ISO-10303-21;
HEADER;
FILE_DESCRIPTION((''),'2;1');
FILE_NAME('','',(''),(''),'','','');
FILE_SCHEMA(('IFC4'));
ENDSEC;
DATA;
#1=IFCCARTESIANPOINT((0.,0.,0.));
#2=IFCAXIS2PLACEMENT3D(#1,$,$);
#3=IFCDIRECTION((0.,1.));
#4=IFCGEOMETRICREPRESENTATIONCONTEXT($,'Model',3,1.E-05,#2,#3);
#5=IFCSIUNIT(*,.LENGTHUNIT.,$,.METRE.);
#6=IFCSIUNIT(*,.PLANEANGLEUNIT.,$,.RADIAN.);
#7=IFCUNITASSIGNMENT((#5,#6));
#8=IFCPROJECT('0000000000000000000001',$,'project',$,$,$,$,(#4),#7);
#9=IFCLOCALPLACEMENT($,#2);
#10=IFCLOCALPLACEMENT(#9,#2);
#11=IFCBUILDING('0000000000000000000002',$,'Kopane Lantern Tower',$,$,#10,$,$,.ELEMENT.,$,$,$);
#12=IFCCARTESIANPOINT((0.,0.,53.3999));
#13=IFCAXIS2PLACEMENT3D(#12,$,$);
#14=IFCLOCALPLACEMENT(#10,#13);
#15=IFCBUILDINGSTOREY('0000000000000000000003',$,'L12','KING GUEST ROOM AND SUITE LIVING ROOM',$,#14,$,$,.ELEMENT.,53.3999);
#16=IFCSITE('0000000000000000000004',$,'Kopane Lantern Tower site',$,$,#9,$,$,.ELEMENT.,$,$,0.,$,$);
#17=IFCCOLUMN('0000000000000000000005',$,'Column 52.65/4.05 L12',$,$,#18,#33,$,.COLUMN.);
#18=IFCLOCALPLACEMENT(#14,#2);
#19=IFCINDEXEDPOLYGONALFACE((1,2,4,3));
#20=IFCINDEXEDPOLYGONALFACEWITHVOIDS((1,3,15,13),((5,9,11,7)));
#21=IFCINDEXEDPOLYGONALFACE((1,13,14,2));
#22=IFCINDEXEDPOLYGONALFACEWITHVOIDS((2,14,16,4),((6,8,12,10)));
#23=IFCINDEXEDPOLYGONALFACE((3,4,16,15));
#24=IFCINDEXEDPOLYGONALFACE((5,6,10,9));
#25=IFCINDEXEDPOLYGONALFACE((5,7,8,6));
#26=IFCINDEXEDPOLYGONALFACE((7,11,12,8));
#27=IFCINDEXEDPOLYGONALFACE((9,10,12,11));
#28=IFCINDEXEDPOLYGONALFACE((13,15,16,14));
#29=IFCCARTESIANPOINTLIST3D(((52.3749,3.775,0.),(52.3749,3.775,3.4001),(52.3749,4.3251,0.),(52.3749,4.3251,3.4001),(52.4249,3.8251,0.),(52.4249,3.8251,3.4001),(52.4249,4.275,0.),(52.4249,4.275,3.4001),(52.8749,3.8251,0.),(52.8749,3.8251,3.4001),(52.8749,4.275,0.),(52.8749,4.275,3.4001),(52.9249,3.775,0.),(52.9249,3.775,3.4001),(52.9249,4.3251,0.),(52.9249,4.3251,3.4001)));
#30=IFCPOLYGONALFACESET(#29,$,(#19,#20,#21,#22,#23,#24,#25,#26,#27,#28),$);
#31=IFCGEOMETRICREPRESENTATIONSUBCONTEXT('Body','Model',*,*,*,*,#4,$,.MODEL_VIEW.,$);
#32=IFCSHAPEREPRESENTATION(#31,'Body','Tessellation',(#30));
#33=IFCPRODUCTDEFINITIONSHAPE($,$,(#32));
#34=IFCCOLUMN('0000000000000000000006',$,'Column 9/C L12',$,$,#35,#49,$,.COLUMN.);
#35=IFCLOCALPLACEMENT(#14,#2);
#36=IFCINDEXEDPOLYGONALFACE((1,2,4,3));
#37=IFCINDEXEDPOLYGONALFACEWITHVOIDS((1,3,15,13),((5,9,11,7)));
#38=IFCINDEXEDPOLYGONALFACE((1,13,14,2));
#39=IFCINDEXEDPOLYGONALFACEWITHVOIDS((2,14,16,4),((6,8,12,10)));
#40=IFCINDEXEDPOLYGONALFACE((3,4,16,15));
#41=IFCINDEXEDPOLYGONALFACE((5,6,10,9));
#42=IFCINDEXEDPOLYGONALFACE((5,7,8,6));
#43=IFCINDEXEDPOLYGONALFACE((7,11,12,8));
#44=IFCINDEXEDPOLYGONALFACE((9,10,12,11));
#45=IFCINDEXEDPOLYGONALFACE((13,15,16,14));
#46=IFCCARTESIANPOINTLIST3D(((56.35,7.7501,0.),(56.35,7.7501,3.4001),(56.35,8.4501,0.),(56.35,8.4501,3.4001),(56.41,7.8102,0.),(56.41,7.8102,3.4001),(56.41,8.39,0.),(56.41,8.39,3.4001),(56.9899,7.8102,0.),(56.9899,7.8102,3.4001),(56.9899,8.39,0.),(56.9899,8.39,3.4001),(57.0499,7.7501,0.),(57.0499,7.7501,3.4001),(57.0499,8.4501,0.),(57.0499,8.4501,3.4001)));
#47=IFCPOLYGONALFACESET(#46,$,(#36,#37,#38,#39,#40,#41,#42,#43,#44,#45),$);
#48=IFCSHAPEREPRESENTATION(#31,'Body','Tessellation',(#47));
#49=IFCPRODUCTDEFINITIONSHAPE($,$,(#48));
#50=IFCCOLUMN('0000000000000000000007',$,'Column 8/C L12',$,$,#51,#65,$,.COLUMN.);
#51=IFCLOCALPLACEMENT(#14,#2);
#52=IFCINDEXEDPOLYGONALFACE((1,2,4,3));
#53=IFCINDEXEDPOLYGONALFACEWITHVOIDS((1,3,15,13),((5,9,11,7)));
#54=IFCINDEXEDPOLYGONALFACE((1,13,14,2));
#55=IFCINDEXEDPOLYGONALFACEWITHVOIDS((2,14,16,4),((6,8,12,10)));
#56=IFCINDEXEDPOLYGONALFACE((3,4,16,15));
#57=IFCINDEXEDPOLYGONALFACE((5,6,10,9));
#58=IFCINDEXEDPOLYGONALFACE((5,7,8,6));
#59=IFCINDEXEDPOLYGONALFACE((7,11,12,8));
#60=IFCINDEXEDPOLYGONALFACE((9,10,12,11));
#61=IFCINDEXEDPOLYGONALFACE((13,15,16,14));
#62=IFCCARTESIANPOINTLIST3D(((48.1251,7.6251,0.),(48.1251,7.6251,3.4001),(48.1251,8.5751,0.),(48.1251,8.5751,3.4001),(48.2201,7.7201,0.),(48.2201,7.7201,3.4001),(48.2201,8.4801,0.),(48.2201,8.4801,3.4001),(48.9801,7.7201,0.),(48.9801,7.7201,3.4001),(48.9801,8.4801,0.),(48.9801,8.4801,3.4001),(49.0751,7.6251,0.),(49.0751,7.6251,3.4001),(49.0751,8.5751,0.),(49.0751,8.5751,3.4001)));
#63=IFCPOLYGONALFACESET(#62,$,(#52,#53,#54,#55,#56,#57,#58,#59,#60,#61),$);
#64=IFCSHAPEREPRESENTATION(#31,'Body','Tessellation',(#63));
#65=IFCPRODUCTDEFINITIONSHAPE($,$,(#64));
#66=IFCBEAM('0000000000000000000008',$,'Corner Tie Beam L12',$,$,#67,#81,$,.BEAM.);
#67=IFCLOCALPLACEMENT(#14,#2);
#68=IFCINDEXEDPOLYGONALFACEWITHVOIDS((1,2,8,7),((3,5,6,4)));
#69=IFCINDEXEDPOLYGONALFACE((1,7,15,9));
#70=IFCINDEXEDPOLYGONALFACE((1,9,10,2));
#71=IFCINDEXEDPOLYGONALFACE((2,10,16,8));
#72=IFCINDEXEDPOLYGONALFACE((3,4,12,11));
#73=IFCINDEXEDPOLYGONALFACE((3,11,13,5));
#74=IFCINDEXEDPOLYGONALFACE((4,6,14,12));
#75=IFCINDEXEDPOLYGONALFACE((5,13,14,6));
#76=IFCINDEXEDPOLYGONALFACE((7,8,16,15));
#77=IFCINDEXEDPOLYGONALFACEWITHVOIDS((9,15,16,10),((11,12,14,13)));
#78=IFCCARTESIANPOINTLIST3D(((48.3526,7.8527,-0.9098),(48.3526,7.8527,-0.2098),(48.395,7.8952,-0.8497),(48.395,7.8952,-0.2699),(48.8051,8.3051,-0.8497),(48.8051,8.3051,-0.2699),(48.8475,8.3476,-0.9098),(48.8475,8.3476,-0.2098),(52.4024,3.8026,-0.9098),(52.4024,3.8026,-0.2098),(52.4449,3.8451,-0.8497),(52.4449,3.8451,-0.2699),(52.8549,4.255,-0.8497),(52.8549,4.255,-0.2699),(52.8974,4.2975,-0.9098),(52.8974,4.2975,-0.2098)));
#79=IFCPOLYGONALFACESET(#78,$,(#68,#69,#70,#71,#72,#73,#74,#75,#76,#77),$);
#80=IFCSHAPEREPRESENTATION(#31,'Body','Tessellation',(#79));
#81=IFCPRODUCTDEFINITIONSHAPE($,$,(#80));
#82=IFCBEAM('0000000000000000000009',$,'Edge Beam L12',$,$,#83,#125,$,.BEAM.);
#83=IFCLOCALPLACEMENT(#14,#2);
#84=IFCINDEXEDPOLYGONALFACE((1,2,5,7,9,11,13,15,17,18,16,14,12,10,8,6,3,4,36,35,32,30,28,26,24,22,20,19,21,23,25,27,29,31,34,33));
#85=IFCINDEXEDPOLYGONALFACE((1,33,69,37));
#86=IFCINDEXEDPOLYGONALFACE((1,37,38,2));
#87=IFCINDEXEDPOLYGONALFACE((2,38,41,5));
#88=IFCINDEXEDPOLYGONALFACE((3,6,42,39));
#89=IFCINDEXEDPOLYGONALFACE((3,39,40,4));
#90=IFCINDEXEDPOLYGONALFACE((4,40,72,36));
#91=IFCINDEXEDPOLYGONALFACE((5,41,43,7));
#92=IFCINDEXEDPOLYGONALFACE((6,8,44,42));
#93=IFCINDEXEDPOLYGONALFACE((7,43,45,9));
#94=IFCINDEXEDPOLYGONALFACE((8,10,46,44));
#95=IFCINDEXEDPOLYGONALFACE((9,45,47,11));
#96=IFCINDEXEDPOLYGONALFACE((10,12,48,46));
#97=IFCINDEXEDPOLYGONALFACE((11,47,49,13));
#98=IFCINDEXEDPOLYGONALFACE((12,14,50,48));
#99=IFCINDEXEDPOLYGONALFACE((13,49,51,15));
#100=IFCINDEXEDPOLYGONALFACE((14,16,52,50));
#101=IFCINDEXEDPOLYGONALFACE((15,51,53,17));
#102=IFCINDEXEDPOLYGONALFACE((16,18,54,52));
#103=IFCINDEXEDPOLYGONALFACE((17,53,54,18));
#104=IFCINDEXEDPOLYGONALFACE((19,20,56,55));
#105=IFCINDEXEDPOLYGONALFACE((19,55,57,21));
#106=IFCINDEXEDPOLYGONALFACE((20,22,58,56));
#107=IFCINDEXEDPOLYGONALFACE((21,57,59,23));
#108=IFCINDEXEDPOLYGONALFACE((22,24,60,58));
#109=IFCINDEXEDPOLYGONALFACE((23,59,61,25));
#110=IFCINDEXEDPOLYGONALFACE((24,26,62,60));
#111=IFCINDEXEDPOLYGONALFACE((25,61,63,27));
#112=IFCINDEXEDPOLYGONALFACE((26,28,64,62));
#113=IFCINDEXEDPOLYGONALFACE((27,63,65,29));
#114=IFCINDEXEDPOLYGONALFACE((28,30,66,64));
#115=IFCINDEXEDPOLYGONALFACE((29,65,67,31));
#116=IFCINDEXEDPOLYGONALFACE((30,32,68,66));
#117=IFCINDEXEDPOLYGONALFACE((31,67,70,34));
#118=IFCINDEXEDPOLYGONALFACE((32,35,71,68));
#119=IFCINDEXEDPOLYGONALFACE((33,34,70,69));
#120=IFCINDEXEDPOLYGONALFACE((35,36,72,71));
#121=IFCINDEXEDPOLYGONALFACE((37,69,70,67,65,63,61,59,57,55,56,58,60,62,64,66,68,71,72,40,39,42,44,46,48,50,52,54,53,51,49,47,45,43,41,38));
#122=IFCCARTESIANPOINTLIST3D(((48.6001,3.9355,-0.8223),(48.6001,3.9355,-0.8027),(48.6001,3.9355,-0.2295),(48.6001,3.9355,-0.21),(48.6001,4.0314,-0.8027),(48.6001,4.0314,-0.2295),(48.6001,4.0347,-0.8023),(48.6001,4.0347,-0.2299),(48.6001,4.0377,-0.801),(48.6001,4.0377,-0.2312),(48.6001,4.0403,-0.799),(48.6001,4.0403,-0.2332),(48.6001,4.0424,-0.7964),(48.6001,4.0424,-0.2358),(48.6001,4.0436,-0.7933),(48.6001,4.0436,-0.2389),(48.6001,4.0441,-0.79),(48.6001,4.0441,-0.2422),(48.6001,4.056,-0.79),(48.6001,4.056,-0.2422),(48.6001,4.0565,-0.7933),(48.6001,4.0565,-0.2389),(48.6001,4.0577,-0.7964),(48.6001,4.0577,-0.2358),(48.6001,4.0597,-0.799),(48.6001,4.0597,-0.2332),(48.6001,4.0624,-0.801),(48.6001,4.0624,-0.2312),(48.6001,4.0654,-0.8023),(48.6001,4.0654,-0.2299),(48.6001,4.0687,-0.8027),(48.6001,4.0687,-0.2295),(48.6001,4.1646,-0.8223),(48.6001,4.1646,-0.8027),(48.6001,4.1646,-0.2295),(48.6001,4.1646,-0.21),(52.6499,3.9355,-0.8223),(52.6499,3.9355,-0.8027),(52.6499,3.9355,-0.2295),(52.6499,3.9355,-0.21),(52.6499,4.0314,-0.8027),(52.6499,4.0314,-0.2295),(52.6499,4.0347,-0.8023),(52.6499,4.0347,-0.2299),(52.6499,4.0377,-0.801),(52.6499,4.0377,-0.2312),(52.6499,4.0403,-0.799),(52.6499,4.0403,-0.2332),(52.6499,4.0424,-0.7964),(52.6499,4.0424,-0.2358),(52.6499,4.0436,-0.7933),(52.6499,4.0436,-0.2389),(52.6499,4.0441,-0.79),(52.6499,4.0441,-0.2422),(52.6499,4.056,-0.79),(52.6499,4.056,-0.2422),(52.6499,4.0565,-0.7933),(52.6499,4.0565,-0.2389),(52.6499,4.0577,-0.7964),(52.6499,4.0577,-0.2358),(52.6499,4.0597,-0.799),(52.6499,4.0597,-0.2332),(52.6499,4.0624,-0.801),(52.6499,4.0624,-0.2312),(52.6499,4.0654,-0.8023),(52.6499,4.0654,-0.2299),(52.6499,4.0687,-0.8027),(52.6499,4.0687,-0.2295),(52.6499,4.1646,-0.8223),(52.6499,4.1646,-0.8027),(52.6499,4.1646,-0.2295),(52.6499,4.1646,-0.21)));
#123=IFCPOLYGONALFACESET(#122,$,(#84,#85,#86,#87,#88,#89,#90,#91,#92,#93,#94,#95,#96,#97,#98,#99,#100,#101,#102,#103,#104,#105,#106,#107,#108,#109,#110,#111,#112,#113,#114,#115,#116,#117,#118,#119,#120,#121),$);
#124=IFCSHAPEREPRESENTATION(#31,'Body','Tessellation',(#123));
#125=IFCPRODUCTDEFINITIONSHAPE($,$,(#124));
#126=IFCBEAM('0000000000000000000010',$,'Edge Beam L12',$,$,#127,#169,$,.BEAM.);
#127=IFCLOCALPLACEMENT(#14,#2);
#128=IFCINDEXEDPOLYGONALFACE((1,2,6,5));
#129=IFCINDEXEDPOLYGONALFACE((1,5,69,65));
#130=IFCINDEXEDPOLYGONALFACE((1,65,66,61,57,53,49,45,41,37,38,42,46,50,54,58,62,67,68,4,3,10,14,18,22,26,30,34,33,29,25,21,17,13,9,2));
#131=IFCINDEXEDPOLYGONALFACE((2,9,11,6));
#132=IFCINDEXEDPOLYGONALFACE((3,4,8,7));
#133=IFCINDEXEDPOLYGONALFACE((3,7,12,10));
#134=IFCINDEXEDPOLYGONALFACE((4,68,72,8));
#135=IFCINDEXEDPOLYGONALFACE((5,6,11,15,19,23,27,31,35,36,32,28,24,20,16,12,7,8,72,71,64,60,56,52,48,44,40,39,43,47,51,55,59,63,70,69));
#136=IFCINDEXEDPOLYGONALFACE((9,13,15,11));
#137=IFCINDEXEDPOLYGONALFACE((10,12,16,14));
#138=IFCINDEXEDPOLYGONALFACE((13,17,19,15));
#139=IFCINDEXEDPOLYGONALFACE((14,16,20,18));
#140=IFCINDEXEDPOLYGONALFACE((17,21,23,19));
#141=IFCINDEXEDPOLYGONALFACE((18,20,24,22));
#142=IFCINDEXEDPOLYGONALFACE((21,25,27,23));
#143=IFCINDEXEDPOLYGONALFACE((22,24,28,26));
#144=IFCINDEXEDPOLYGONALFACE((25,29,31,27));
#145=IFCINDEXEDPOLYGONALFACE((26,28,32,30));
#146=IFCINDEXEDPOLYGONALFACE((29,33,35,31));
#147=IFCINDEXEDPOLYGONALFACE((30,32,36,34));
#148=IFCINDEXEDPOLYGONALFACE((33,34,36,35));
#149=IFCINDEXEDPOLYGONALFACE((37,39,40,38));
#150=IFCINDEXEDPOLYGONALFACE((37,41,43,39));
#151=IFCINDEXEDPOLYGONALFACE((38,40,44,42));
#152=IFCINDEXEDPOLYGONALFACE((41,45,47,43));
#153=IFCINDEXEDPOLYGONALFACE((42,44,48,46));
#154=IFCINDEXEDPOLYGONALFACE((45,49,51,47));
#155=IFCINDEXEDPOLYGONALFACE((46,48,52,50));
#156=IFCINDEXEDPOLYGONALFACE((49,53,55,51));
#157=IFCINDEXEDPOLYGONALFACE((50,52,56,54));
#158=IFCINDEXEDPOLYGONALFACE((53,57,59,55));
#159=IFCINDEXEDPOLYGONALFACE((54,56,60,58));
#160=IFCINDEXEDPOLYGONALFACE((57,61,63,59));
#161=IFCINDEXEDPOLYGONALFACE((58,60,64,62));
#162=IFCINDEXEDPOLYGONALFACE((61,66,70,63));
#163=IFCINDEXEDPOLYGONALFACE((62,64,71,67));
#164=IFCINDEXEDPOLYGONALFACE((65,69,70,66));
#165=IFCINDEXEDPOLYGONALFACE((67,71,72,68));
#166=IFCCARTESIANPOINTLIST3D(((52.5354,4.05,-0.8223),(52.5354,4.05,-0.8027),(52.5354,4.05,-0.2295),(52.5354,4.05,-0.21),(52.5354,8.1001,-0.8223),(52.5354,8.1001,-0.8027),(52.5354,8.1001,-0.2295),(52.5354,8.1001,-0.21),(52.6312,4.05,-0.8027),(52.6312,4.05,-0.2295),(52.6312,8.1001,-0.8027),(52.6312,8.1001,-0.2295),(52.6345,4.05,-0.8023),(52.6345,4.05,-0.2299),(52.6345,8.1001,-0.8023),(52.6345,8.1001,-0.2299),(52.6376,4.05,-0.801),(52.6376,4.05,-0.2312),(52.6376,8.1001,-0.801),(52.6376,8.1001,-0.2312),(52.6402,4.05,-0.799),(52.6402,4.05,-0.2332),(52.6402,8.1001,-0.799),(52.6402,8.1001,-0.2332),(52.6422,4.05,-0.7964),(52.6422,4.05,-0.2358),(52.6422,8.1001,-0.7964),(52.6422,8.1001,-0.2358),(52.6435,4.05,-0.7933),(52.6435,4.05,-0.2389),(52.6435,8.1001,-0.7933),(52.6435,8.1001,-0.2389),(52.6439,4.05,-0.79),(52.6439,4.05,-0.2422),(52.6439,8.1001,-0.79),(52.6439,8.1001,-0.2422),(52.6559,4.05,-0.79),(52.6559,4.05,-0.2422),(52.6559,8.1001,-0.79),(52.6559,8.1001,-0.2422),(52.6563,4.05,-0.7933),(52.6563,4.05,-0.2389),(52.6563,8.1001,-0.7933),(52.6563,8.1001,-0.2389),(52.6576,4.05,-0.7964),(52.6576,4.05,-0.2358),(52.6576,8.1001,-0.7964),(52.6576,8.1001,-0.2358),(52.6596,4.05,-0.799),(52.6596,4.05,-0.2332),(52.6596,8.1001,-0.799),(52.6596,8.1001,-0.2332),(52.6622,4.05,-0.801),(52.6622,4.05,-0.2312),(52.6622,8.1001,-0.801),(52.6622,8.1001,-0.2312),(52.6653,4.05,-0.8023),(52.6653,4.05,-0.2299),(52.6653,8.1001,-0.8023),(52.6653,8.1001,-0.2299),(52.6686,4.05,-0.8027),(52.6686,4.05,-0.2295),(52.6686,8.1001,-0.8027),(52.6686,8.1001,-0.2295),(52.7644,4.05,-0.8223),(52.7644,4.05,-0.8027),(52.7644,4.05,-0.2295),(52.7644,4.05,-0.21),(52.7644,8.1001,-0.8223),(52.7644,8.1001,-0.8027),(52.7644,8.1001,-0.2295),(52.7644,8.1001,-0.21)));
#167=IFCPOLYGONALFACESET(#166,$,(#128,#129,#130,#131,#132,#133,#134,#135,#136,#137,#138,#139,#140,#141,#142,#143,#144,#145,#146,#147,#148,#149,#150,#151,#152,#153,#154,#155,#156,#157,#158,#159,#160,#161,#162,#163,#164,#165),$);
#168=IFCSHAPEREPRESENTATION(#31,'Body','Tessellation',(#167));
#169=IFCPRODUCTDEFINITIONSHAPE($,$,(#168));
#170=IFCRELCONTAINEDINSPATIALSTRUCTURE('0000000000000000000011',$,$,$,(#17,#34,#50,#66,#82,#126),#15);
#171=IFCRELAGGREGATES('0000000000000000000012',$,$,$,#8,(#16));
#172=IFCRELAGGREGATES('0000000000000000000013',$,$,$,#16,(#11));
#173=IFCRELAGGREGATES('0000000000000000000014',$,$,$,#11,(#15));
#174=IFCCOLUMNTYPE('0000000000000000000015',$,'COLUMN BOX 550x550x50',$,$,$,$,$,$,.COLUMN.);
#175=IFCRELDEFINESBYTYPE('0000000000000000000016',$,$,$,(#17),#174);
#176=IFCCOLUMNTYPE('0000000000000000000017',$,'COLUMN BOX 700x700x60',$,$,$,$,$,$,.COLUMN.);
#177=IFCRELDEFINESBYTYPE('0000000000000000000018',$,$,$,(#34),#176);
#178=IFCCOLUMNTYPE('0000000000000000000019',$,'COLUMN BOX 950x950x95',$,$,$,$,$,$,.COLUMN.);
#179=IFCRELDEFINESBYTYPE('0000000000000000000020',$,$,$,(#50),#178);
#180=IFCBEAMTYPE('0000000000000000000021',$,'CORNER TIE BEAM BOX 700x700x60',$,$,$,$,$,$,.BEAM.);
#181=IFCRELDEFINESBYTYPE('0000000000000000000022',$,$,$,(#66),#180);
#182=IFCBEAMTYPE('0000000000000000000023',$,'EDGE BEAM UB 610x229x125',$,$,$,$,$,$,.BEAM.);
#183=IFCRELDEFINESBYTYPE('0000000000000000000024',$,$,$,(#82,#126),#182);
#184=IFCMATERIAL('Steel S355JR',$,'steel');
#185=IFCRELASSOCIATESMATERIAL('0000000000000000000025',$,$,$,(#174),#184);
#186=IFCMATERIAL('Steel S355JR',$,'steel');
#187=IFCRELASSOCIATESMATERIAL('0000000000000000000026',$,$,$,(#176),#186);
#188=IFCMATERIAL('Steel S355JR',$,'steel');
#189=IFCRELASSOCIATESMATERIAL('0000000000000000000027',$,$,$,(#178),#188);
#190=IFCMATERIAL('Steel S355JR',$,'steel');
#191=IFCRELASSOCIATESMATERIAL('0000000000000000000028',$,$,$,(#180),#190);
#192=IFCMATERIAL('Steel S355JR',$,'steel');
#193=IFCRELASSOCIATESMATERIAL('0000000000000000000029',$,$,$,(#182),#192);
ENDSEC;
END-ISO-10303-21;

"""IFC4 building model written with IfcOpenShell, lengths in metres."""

from ifc_helpers import new_model, si_unit, direction, frame, origin, origin_2d, place, context, subcontext, project, spatial, hollow_rectangle, i_section, extrude, material, material_profile, profile_set, type_object, element, save


model = new_model("IFC4")

# Units and contexts
model_context = context("Model", 3, precision=1e-05, world=origin(), true_north=direction((0.0, 1.0)))
body_context = subcontext(model_context, "Body", "Model", "MODEL_VIEW")
ifc_project = project(units=[si_unit("LENGTHUNIT", "METRE"), si_unit("PLANEANGLEUNIT", "RADIAN")], contexts=[model_context])

# Site, building, storey
site_placement = place(None, origin())
site = spatial("IfcSite", under=ifc_project, at=site_placement, Name="Kopane Lantern Tower site", CompositionType="ELEMENT", RefElevation=0.0)
building_placement = place(site_placement, origin())
building = spatial("IfcBuilding", under=site, at=building_placement, Name="Kopane Lantern Tower", CompositionType="ELEMENT")
storey_placement = place(building_placement, frame((0.0, 0.0, 53.3999)))
storey = spatial("IfcBuildingStorey", under=building, at=storey_placement, Name="L12", Description="KING GUEST ROOM AND SUITE LIVING ROOM", CompositionType="ELEMENT", Elevation=53.3999)

# Columns
ifc_material_1 = material(Name="Steel S355JR", Category="steel")
ifc_material_profile_1 = material_profile(ifc_material_1, hollow_rectangle(XDim=0.55, YDim=0.55, WallThickness=0.05, at=origin_2d()), Name="BOX 550x550x50")
ifc_profile_set_1 = profile_set([ifc_material_profile_1], Name="Steel S355JR")
column_type_1 = type_object("IfcColumnType", Name="COLUMN BOX 550x550x50", PredefinedType="COLUMN", material=ifc_profile_set_1)
column_1_placement = place(storey_placement, frame((52.6499, 4.05, 0.0), z_axis=(0.0, 0.0, 1.0), x_axis=(1.0, 0.0, 0.0)))
element("IfcColumn", 1, at=column_1_placement, inside=storey, type_object=column_type_1, Name="Column 52.65/4.05 L12", PredefinedType="COLUMN", context=body_context, shape_type="SweptSolid", body=[
    extrude(hollow_rectangle(XDim=0.55, YDim=0.55, WallThickness=0.05, at=origin_2d()), origin(), (0.0, 0.0, 1.0), 3.4001),
])
ifc_material_2 = material(Name="Steel S355JR", Category="steel")
ifc_material_profile_2 = material_profile(ifc_material_2, hollow_rectangle(XDim=0.7, YDim=0.7, WallThickness=0.0601, at=origin_2d()), Name="BOX 700x700x60")
ifc_profile_set_2 = profile_set([ifc_material_profile_2], Name="Steel S355JR")
column_type_2 = type_object("IfcColumnType", Name="COLUMN BOX 700x700x60", PredefinedType="COLUMN", material=ifc_profile_set_2)
column_2_placement = place(storey_placement, frame((56.7, 8.1001, 0.0), z_axis=(0.0, 0.0, 1.0), x_axis=(1.0, 0.0, 0.0)))
element("IfcColumn", 2, at=column_2_placement, inside=storey, type_object=column_type_2, Name="Column 9/C L12", PredefinedType="COLUMN", context=body_context, shape_type="SweptSolid", body=[
    extrude(hollow_rectangle(XDim=0.7, YDim=0.7, WallThickness=0.0601, at=origin_2d()), origin(), (0.0, 0.0, 1.0), 3.4001),
])
ifc_material_3 = material(Name="Steel S355JR", Category="steel")
ifc_material_profile_3 = material_profile(ifc_material_3, hollow_rectangle(XDim=0.95, YDim=0.95, WallThickness=0.095, at=origin_2d()), Name="BOX 950x950x95")
ifc_profile_set_3 = profile_set([ifc_material_profile_3], Name="Steel S355JR")
column_type_3 = type_object("IfcColumnType", Name="COLUMN BOX 950x950x95", PredefinedType="COLUMN", material=ifc_profile_set_3)
column_3_placement = place(storey_placement, frame((48.6001, 8.1001, 0.0), z_axis=(0.0, 0.0, 1.0), x_axis=(1.0, 0.0, 0.0)))
element("IfcColumn", 3, at=column_3_placement, inside=storey, type_object=column_type_3, Name="Column 8/C L12", PredefinedType="COLUMN", context=body_context, shape_type="SweptSolid", body=[
    extrude(hollow_rectangle(XDim=0.95, YDim=0.95, WallThickness=0.095, at=origin_2d()), origin(), (0.0, 0.0, 1.0), 3.4001),
])

# Beams
ifc_material_4 = material(Name="Steel S355JR", Category="steel")
ifc_material_profile_4 = material_profile(ifc_material_4, hollow_rectangle(XDim=0.7, YDim=0.7, WallThickness=0.0601, at=origin_2d()), Name="BOX 700x700x60")
ifc_profile_set_4 = profile_set([ifc_material_profile_4], Name="Steel S355JR")
beam_type_1 = type_object("IfcBeamType", Name="CORNER TIE BEAM BOX 700x700x60", PredefinedType="BEAM", material=ifc_profile_set_4)
beam_1_placement = place(storey_placement, frame((52.6499, 4.05, -0.5598), z_axis=(-0.707085, 0.707128, 0.0), x_axis=(-0.707128, -0.707085, 0.0)))
element("IfcBeam", 4, at=beam_1_placement, inside=storey, type_object=beam_type_1, Name="Corner Tie Beam L12", PredefinedType="BEAM", context=body_context, shape_type="SweptSolid", body=[
    extrude(hollow_rectangle(XDim=0.7, YDim=0.7, WallThickness=0.0601, at=origin_2d()), origin(), (0.0, 0.0, 1.0), 5.7275),
])
ifc_material_5 = material(Name="Steel S355JR", Category="steel")
ifc_material_profile_5 = material_profile(ifc_material_5, i_section(OverallWidth=0.229, OverallDepth=0.6123, WebThickness=0.012, FlangeThickness=0.0195, FilletRadius=0.0127, at=origin_2d()), Name="UB 610x229x125")
ifc_profile_set_5 = profile_set([ifc_material_profile_5], Name="Steel S355JR")
beam_type_2 = type_object("IfcBeamType", Name="EDGE BEAM UB 610x229x125", PredefinedType="BEAM", material=ifc_profile_set_5)
beam_2_placement = place(storey_placement, frame((52.6499, 4.05, -0.5161), z_axis=(-1.0, 0.0, 0.0), x_axis=(0.0, -1.0, 0.0)))
element("IfcBeam", 5, at=beam_2_placement, inside=storey, type_object=beam_type_2, Name="Edge Beam L12", PredefinedType="BEAM", context=body_context, shape_type="SweptSolid", body=[
    extrude(i_section(OverallWidth=0.229, OverallDepth=0.6123, WebThickness=0.012, FlangeThickness=0.0195, FilletRadius=0.0127, at=origin_2d()), origin(), (0.0, 0.0, 1.0), 4.0498),
])
beam_3_placement = place(storey_placement, frame((52.6499, 4.05, -0.5161), z_axis=(0.0, 1.0, 0.0), x_axis=(-1.0, 0.0, 0.0)))
element("IfcBeam", 6, at=beam_3_placement, inside=storey, type_object=beam_type_2, Name="Edge Beam L12", PredefinedType="BEAM", context=body_context, shape_type="SweptSolid", body=[
    extrude(i_section(OverallWidth=0.229, OverallDepth=0.6123, WebThickness=0.012, FlangeThickness=0.0195, FilletRadius=0.0127, at=origin_2d()), origin(), (0.0, 0.0, 1.0), 4.05),
])

save(model, "model.ifc")
